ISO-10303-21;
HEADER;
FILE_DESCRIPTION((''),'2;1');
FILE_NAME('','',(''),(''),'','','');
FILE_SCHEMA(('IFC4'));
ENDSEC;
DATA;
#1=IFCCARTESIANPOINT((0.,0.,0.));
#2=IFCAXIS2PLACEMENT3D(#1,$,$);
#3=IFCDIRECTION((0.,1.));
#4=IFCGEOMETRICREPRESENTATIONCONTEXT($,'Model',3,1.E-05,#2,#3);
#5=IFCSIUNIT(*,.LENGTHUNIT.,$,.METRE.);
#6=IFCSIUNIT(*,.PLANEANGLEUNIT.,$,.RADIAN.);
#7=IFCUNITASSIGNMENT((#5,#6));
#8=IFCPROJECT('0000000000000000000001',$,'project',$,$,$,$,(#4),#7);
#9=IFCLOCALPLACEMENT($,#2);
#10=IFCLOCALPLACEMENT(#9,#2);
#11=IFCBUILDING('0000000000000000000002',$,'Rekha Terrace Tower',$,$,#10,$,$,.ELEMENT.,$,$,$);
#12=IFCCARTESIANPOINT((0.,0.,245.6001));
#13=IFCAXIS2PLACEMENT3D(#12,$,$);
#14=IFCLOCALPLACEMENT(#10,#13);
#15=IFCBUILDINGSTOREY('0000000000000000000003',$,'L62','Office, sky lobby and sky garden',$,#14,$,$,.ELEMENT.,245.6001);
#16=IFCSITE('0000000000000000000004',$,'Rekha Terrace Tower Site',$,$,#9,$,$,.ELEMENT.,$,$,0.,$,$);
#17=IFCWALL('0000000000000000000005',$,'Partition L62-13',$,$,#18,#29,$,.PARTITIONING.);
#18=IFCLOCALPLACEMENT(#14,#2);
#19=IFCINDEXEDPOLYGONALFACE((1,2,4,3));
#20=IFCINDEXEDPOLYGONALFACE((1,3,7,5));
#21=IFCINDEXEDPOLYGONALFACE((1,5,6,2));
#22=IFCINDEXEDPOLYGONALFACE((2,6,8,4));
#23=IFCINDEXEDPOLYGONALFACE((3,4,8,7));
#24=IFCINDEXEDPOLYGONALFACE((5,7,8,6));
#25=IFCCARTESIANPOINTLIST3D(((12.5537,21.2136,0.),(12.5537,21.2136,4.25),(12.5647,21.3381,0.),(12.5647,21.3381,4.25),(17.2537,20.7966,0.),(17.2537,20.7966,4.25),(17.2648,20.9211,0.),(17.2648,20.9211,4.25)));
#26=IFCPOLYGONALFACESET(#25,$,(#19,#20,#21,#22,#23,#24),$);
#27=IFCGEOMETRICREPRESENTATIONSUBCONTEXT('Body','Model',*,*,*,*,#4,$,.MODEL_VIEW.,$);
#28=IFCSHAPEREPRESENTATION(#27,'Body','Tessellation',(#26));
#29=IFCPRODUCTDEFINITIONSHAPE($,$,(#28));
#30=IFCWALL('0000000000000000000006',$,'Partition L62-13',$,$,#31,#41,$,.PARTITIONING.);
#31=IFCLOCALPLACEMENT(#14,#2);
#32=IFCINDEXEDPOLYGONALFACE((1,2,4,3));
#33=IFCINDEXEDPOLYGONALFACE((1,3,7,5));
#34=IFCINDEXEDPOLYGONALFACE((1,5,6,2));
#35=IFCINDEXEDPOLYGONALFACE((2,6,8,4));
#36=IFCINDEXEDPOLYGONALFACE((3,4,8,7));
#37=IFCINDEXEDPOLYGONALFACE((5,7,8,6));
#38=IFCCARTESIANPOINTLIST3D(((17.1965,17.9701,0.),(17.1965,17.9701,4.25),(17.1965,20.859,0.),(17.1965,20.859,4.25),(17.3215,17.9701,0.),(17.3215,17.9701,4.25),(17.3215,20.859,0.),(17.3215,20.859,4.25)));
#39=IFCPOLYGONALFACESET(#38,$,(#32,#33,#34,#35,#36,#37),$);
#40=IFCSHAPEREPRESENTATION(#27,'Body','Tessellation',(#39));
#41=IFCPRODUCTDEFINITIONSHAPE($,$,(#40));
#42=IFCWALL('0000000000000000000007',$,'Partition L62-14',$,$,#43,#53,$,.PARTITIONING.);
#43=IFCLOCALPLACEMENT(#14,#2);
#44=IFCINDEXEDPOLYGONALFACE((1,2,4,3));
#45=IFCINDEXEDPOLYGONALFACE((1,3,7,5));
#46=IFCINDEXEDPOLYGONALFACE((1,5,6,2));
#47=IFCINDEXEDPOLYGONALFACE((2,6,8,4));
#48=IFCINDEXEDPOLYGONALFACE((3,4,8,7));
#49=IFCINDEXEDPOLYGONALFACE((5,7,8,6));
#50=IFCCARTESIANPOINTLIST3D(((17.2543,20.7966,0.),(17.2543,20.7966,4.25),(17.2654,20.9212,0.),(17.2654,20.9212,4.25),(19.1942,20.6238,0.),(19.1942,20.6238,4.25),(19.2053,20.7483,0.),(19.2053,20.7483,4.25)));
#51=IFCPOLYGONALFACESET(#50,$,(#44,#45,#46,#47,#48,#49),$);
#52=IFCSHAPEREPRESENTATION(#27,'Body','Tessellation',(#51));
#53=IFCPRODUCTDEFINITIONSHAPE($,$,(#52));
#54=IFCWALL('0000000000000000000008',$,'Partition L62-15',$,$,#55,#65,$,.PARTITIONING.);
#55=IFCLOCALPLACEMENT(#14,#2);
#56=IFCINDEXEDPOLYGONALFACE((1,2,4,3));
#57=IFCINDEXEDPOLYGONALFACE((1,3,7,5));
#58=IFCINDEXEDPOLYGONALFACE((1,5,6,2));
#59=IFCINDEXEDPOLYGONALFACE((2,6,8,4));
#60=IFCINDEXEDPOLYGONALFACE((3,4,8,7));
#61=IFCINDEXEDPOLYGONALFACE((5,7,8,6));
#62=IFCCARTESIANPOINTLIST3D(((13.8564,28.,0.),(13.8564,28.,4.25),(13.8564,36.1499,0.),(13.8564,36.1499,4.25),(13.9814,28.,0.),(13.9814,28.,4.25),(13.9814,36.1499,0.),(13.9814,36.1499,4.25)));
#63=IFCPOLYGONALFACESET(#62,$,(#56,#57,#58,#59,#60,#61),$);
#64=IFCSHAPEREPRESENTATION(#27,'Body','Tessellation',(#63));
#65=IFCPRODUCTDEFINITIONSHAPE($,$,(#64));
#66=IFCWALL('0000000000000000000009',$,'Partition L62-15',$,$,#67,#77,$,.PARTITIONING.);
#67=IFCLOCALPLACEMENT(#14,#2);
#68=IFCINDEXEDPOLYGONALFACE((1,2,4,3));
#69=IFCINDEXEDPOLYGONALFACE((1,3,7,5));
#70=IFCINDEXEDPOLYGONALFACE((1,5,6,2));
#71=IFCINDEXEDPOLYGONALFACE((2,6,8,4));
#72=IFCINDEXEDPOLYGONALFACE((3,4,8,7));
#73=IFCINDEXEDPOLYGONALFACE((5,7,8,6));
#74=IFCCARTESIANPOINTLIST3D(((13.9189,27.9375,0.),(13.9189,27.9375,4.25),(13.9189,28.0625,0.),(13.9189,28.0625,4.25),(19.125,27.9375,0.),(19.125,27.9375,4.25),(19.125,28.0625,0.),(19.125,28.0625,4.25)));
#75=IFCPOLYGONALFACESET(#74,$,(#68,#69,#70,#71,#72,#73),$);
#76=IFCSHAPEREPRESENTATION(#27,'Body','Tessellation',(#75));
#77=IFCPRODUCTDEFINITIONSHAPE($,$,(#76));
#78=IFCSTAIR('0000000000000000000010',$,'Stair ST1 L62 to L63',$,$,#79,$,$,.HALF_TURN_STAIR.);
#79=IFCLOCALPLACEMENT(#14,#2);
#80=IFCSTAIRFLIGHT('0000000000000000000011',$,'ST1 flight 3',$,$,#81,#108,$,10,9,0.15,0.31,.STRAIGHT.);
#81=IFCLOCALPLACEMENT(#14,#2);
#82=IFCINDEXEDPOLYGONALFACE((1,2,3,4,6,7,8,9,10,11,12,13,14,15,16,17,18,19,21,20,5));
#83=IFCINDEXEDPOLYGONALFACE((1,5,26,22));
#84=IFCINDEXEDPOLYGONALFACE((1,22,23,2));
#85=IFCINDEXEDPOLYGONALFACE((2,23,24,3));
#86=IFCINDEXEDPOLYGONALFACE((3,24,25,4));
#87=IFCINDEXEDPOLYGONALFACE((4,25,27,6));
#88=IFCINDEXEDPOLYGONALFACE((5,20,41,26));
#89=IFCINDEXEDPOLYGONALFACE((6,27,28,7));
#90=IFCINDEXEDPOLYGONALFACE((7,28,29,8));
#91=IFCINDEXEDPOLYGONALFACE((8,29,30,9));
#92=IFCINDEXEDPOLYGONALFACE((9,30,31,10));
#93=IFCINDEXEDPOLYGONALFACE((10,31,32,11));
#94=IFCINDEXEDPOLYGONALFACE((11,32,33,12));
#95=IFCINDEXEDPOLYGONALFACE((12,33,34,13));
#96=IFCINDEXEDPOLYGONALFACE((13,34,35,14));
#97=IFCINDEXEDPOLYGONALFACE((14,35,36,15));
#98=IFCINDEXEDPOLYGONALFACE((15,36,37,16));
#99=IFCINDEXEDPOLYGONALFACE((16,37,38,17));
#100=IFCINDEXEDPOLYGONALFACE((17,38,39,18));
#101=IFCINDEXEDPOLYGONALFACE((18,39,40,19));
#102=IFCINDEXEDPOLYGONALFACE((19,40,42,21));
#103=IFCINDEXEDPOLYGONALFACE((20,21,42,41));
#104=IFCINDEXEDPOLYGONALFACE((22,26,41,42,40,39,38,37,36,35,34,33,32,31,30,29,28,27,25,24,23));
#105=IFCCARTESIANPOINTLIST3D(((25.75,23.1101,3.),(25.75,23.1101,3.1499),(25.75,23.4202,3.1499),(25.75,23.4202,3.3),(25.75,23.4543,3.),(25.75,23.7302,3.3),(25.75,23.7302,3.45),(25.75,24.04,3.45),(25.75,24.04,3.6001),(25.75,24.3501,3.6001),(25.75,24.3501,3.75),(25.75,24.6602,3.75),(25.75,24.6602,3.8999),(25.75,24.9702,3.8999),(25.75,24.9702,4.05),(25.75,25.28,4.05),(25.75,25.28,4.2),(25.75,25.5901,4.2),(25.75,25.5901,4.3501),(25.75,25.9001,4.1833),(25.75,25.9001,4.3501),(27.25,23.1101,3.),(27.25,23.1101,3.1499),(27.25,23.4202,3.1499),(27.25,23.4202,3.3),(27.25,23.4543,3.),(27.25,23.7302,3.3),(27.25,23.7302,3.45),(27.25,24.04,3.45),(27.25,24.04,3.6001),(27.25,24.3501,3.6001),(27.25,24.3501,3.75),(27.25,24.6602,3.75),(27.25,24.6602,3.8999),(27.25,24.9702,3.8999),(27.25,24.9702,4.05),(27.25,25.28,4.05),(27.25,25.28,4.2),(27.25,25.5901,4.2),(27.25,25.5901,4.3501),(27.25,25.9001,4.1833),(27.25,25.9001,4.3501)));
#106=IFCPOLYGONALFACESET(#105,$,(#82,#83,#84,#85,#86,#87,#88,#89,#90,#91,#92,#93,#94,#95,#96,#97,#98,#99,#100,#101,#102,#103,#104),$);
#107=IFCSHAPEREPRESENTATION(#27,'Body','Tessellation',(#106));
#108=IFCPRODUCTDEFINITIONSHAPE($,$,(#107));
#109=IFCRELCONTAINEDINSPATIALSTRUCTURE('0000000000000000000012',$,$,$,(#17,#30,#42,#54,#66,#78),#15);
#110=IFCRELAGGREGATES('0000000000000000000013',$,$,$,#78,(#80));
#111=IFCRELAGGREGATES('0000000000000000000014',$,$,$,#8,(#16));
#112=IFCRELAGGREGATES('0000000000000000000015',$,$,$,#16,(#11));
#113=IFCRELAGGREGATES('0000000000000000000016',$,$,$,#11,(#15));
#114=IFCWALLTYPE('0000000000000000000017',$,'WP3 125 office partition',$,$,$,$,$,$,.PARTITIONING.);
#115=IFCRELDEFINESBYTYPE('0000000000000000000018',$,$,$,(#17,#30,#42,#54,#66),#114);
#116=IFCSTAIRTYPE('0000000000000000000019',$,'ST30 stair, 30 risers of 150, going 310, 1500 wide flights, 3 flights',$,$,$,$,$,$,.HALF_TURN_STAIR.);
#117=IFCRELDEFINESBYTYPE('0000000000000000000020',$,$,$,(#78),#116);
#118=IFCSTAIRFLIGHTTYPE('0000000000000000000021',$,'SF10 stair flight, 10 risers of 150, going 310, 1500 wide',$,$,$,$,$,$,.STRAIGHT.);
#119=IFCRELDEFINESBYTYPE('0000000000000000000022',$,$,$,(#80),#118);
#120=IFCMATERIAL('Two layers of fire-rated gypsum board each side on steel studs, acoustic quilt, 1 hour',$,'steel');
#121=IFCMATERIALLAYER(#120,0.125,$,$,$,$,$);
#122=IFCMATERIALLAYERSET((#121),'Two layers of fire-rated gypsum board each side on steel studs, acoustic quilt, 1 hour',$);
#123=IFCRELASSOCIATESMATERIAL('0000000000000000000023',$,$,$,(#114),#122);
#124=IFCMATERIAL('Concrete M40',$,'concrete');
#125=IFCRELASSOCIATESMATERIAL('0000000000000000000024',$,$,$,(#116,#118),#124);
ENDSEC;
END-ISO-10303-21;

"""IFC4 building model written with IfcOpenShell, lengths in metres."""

from ifc_helpers import new_model, si_unit, direction, frame, frame_2d, origin, place, context, subcontext, project, spatial, polyline, rectangle, outline, extrude, material, layer, layer_set, type_object, element, aggregate, save


model = new_model("IFC4")

# Units and contexts
model_context = context("Model", 3, precision=1e-05, world=origin(), true_north=direction((0.0, 1.0)))
body_context = subcontext(model_context, "Body", "Model", "MODEL_VIEW")
ifc_project = project(units=[si_unit("LENGTHUNIT", "METRE"), si_unit("PLANEANGLEUNIT", "RADIAN")], contexts=[model_context])

# Site, building, storey
site_placement = place(None, origin())
site = spatial("IfcSite", under=ifc_project, at=site_placement, Name="Rekha Terrace Tower Site", CompositionType="ELEMENT", RefElevation=0.0)
building_placement = place(site_placement, origin())
building = spatial("IfcBuilding", under=site, at=building_placement, Name="Rekha Terrace Tower", CompositionType="ELEMENT")
storey_placement = place(building_placement, frame((0.0, 0.0, 245.6001)))
storey = spatial("IfcBuildingStorey", under=building, at=storey_placement, Name="L62", Description="Office, sky lobby and sky garden", CompositionType="ELEMENT", Elevation=245.6001)

# Walls
ifc_material_1 = material(Name="Two layers of fire-rated gypsum board each side on steel studs, acoustic quilt, 1 hour", Category="steel")
ifc_layer_1 = layer(ifc_material_1, 0.125)
ifc_layer_set_1 = layer_set([ifc_layer_1], Name="Two layers of fire-rated gypsum board each side on steel studs, acoustic quilt, 1 hour")
wall_type_1 = type_object("IfcWallType", Name="WP3 125 office partition", PredefinedType="PARTITIONING", material=ifc_layer_set_1)
wall_1_placement = place(storey_placement, frame((12.5591, 21.2759, 0.0), z_axis=(0.0, 0.0, 1.0), x_axis=(0.996087, -0.088376, 0.0)))
element("IfcWall", 1, at=wall_1_placement, inside=storey, type_object=wall_type_1, Name="Partition L62-13", PredefinedType="PARTITIONING", context=body_context, shape_type="SweptSolid", body=[
    extrude(rectangle(XDim=4.7185, YDim=0.125, at=frame_2d((2.3594, 0.0))), origin(), (0.0, 0.0, 1.0), 4.25),
])
wall_2_placement = place(storey_placement, frame((17.259, 20.8589, 0.0), z_axis=(0.0, 0.0, 1.0), x_axis=(0.0, -1.0, 0.0)))
element("IfcWall", 2, at=wall_2_placement, inside=storey, type_object=wall_type_1, Name="Partition L62-13", PredefinedType="PARTITIONING", context=body_context, shape_type="SweptSolid", body=[
    extrude(rectangle(XDim=2.8889, YDim=0.125, at=frame_2d((1.4443, 0.0))), origin(), (0.0, 0.0, 1.0), 4.25),
])
wall_3_placement = place(storey_placement, frame((17.26, 20.8589, 0.0), z_axis=(0.0, 0.0, 1.0), x_axis=(0.996054, -0.08875, 0.0)))
element("IfcWall", 3, at=wall_3_placement, inside=storey, type_object=wall_type_1, Name="Partition L62-14", PredefinedType="PARTITIONING", context=body_context, shape_type="SweptSolid", body=[
    extrude(rectangle(XDim=1.9475, YDim=0.125, at=frame_2d((0.9736, 0.0))), origin(), (0.0, 0.0, 1.0), 4.25),
])
wall_4_placement = place(storey_placement, frame((13.9189, 28.0, 0.0), z_axis=(0.0, 0.0, 1.0), x_axis=(0.0, 1.0, 0.0)))
element("IfcWall", 4, at=wall_4_placement, inside=storey, type_object=wall_type_1, Name="Partition L62-15", PredefinedType="PARTITIONING", context=body_context, shape_type="SweptSolid", body=[
    extrude(rectangle(XDim=8.1499, YDim=0.125, at=frame_2d((4.075, 0.0))), origin(), (0.0, 0.0, 1.0), 4.25),
])
wall_5_placement = place(storey_placement, frame((19.125, 28.0, 0.0), z_axis=(0.0, 0.0, 1.0), x_axis=(-1.0, 0.0, 0.0)))
element("IfcWall", 5, at=wall_5_placement, inside=storey, type_object=wall_type_1, Name="Partition L62-15", PredefinedType="PARTITIONING", context=body_context, shape_type="SweptSolid", body=[
    extrude(rectangle(XDim=5.2061, YDim=0.125, at=frame_2d((2.603, 0.0))), origin(), (0.0, 0.0, 1.0), 4.25),
])

# Stair, stair flight
ifc_material_2 = material(Name="Concrete M40", Category="concrete")
stair_type = type_object("IfcStairType", Name="ST30 stair, 30 risers of 150, going 310, 1500 wide flights, 3 flights", PredefinedType="HALF_TURN_STAIR", material=ifc_material_2)
stair_placement = place(storey_placement, origin())
stair = element("IfcStair", 6, at=stair_placement, inside=storey, type_object=stair_type, Name="Stair ST1 L62 to L63", PredefinedType="HALF_TURN_STAIR")
stair_flight_type = type_object("IfcStairFlightType", Name="SF10 stair flight, 10 risers of 150, going 310, 1500 wide", PredefinedType="STRAIGHT", material=ifc_material_2)
stair_flight_placement = place(storey_placement, frame((26.5, 23.1101, 3.0), z_axis=(0.0, 0.0, 1.0), x_axis=(0.0, 1.0, 0.0)))
stair_flight = element("IfcStairFlight", 7, at=stair_flight_placement, type_object=stair_flight_type, Name="ST1 flight 3", NumberOfRisers=10, NumberOfTreads=9, PredefinedType="STRAIGHT", RiserHeight=0.15, TreadLength=0.31, context=body_context, shape_type="SweptSolid", body=[
    extrude(outline(polyline([(0.0, 0.0), (0.0, 0.1499), (0.3101, 0.1499), (0.3101, 0.3), (0.6201, 0.3), (0.6201, 0.45), (0.9299, 0.45), (0.9299, 0.6001), (1.24, 0.6001), (1.24, 0.75), (1.55, 0.75), (1.55, 0.8999), (1.8601, 0.8999), (1.8601, 1.05), (2.1699, 1.05), (2.1699, 1.2), (2.48, 1.2), (2.48, 1.3501), (2.79, 1.3501), (2.79, 1.5), (2.79, 1.1833), (0.3442, 0.0), (0.0, 0.0)])), frame((0.0, 0.75, 0.0), z_axis=(0.0, -1.0, 0.0), x_axis=(1.0, 0.0, 0.0)), (0.0, 0.0, 1.0), 1.5),
])
aggregate(stair, [stair_flight])

save(model, "model.ifc")
